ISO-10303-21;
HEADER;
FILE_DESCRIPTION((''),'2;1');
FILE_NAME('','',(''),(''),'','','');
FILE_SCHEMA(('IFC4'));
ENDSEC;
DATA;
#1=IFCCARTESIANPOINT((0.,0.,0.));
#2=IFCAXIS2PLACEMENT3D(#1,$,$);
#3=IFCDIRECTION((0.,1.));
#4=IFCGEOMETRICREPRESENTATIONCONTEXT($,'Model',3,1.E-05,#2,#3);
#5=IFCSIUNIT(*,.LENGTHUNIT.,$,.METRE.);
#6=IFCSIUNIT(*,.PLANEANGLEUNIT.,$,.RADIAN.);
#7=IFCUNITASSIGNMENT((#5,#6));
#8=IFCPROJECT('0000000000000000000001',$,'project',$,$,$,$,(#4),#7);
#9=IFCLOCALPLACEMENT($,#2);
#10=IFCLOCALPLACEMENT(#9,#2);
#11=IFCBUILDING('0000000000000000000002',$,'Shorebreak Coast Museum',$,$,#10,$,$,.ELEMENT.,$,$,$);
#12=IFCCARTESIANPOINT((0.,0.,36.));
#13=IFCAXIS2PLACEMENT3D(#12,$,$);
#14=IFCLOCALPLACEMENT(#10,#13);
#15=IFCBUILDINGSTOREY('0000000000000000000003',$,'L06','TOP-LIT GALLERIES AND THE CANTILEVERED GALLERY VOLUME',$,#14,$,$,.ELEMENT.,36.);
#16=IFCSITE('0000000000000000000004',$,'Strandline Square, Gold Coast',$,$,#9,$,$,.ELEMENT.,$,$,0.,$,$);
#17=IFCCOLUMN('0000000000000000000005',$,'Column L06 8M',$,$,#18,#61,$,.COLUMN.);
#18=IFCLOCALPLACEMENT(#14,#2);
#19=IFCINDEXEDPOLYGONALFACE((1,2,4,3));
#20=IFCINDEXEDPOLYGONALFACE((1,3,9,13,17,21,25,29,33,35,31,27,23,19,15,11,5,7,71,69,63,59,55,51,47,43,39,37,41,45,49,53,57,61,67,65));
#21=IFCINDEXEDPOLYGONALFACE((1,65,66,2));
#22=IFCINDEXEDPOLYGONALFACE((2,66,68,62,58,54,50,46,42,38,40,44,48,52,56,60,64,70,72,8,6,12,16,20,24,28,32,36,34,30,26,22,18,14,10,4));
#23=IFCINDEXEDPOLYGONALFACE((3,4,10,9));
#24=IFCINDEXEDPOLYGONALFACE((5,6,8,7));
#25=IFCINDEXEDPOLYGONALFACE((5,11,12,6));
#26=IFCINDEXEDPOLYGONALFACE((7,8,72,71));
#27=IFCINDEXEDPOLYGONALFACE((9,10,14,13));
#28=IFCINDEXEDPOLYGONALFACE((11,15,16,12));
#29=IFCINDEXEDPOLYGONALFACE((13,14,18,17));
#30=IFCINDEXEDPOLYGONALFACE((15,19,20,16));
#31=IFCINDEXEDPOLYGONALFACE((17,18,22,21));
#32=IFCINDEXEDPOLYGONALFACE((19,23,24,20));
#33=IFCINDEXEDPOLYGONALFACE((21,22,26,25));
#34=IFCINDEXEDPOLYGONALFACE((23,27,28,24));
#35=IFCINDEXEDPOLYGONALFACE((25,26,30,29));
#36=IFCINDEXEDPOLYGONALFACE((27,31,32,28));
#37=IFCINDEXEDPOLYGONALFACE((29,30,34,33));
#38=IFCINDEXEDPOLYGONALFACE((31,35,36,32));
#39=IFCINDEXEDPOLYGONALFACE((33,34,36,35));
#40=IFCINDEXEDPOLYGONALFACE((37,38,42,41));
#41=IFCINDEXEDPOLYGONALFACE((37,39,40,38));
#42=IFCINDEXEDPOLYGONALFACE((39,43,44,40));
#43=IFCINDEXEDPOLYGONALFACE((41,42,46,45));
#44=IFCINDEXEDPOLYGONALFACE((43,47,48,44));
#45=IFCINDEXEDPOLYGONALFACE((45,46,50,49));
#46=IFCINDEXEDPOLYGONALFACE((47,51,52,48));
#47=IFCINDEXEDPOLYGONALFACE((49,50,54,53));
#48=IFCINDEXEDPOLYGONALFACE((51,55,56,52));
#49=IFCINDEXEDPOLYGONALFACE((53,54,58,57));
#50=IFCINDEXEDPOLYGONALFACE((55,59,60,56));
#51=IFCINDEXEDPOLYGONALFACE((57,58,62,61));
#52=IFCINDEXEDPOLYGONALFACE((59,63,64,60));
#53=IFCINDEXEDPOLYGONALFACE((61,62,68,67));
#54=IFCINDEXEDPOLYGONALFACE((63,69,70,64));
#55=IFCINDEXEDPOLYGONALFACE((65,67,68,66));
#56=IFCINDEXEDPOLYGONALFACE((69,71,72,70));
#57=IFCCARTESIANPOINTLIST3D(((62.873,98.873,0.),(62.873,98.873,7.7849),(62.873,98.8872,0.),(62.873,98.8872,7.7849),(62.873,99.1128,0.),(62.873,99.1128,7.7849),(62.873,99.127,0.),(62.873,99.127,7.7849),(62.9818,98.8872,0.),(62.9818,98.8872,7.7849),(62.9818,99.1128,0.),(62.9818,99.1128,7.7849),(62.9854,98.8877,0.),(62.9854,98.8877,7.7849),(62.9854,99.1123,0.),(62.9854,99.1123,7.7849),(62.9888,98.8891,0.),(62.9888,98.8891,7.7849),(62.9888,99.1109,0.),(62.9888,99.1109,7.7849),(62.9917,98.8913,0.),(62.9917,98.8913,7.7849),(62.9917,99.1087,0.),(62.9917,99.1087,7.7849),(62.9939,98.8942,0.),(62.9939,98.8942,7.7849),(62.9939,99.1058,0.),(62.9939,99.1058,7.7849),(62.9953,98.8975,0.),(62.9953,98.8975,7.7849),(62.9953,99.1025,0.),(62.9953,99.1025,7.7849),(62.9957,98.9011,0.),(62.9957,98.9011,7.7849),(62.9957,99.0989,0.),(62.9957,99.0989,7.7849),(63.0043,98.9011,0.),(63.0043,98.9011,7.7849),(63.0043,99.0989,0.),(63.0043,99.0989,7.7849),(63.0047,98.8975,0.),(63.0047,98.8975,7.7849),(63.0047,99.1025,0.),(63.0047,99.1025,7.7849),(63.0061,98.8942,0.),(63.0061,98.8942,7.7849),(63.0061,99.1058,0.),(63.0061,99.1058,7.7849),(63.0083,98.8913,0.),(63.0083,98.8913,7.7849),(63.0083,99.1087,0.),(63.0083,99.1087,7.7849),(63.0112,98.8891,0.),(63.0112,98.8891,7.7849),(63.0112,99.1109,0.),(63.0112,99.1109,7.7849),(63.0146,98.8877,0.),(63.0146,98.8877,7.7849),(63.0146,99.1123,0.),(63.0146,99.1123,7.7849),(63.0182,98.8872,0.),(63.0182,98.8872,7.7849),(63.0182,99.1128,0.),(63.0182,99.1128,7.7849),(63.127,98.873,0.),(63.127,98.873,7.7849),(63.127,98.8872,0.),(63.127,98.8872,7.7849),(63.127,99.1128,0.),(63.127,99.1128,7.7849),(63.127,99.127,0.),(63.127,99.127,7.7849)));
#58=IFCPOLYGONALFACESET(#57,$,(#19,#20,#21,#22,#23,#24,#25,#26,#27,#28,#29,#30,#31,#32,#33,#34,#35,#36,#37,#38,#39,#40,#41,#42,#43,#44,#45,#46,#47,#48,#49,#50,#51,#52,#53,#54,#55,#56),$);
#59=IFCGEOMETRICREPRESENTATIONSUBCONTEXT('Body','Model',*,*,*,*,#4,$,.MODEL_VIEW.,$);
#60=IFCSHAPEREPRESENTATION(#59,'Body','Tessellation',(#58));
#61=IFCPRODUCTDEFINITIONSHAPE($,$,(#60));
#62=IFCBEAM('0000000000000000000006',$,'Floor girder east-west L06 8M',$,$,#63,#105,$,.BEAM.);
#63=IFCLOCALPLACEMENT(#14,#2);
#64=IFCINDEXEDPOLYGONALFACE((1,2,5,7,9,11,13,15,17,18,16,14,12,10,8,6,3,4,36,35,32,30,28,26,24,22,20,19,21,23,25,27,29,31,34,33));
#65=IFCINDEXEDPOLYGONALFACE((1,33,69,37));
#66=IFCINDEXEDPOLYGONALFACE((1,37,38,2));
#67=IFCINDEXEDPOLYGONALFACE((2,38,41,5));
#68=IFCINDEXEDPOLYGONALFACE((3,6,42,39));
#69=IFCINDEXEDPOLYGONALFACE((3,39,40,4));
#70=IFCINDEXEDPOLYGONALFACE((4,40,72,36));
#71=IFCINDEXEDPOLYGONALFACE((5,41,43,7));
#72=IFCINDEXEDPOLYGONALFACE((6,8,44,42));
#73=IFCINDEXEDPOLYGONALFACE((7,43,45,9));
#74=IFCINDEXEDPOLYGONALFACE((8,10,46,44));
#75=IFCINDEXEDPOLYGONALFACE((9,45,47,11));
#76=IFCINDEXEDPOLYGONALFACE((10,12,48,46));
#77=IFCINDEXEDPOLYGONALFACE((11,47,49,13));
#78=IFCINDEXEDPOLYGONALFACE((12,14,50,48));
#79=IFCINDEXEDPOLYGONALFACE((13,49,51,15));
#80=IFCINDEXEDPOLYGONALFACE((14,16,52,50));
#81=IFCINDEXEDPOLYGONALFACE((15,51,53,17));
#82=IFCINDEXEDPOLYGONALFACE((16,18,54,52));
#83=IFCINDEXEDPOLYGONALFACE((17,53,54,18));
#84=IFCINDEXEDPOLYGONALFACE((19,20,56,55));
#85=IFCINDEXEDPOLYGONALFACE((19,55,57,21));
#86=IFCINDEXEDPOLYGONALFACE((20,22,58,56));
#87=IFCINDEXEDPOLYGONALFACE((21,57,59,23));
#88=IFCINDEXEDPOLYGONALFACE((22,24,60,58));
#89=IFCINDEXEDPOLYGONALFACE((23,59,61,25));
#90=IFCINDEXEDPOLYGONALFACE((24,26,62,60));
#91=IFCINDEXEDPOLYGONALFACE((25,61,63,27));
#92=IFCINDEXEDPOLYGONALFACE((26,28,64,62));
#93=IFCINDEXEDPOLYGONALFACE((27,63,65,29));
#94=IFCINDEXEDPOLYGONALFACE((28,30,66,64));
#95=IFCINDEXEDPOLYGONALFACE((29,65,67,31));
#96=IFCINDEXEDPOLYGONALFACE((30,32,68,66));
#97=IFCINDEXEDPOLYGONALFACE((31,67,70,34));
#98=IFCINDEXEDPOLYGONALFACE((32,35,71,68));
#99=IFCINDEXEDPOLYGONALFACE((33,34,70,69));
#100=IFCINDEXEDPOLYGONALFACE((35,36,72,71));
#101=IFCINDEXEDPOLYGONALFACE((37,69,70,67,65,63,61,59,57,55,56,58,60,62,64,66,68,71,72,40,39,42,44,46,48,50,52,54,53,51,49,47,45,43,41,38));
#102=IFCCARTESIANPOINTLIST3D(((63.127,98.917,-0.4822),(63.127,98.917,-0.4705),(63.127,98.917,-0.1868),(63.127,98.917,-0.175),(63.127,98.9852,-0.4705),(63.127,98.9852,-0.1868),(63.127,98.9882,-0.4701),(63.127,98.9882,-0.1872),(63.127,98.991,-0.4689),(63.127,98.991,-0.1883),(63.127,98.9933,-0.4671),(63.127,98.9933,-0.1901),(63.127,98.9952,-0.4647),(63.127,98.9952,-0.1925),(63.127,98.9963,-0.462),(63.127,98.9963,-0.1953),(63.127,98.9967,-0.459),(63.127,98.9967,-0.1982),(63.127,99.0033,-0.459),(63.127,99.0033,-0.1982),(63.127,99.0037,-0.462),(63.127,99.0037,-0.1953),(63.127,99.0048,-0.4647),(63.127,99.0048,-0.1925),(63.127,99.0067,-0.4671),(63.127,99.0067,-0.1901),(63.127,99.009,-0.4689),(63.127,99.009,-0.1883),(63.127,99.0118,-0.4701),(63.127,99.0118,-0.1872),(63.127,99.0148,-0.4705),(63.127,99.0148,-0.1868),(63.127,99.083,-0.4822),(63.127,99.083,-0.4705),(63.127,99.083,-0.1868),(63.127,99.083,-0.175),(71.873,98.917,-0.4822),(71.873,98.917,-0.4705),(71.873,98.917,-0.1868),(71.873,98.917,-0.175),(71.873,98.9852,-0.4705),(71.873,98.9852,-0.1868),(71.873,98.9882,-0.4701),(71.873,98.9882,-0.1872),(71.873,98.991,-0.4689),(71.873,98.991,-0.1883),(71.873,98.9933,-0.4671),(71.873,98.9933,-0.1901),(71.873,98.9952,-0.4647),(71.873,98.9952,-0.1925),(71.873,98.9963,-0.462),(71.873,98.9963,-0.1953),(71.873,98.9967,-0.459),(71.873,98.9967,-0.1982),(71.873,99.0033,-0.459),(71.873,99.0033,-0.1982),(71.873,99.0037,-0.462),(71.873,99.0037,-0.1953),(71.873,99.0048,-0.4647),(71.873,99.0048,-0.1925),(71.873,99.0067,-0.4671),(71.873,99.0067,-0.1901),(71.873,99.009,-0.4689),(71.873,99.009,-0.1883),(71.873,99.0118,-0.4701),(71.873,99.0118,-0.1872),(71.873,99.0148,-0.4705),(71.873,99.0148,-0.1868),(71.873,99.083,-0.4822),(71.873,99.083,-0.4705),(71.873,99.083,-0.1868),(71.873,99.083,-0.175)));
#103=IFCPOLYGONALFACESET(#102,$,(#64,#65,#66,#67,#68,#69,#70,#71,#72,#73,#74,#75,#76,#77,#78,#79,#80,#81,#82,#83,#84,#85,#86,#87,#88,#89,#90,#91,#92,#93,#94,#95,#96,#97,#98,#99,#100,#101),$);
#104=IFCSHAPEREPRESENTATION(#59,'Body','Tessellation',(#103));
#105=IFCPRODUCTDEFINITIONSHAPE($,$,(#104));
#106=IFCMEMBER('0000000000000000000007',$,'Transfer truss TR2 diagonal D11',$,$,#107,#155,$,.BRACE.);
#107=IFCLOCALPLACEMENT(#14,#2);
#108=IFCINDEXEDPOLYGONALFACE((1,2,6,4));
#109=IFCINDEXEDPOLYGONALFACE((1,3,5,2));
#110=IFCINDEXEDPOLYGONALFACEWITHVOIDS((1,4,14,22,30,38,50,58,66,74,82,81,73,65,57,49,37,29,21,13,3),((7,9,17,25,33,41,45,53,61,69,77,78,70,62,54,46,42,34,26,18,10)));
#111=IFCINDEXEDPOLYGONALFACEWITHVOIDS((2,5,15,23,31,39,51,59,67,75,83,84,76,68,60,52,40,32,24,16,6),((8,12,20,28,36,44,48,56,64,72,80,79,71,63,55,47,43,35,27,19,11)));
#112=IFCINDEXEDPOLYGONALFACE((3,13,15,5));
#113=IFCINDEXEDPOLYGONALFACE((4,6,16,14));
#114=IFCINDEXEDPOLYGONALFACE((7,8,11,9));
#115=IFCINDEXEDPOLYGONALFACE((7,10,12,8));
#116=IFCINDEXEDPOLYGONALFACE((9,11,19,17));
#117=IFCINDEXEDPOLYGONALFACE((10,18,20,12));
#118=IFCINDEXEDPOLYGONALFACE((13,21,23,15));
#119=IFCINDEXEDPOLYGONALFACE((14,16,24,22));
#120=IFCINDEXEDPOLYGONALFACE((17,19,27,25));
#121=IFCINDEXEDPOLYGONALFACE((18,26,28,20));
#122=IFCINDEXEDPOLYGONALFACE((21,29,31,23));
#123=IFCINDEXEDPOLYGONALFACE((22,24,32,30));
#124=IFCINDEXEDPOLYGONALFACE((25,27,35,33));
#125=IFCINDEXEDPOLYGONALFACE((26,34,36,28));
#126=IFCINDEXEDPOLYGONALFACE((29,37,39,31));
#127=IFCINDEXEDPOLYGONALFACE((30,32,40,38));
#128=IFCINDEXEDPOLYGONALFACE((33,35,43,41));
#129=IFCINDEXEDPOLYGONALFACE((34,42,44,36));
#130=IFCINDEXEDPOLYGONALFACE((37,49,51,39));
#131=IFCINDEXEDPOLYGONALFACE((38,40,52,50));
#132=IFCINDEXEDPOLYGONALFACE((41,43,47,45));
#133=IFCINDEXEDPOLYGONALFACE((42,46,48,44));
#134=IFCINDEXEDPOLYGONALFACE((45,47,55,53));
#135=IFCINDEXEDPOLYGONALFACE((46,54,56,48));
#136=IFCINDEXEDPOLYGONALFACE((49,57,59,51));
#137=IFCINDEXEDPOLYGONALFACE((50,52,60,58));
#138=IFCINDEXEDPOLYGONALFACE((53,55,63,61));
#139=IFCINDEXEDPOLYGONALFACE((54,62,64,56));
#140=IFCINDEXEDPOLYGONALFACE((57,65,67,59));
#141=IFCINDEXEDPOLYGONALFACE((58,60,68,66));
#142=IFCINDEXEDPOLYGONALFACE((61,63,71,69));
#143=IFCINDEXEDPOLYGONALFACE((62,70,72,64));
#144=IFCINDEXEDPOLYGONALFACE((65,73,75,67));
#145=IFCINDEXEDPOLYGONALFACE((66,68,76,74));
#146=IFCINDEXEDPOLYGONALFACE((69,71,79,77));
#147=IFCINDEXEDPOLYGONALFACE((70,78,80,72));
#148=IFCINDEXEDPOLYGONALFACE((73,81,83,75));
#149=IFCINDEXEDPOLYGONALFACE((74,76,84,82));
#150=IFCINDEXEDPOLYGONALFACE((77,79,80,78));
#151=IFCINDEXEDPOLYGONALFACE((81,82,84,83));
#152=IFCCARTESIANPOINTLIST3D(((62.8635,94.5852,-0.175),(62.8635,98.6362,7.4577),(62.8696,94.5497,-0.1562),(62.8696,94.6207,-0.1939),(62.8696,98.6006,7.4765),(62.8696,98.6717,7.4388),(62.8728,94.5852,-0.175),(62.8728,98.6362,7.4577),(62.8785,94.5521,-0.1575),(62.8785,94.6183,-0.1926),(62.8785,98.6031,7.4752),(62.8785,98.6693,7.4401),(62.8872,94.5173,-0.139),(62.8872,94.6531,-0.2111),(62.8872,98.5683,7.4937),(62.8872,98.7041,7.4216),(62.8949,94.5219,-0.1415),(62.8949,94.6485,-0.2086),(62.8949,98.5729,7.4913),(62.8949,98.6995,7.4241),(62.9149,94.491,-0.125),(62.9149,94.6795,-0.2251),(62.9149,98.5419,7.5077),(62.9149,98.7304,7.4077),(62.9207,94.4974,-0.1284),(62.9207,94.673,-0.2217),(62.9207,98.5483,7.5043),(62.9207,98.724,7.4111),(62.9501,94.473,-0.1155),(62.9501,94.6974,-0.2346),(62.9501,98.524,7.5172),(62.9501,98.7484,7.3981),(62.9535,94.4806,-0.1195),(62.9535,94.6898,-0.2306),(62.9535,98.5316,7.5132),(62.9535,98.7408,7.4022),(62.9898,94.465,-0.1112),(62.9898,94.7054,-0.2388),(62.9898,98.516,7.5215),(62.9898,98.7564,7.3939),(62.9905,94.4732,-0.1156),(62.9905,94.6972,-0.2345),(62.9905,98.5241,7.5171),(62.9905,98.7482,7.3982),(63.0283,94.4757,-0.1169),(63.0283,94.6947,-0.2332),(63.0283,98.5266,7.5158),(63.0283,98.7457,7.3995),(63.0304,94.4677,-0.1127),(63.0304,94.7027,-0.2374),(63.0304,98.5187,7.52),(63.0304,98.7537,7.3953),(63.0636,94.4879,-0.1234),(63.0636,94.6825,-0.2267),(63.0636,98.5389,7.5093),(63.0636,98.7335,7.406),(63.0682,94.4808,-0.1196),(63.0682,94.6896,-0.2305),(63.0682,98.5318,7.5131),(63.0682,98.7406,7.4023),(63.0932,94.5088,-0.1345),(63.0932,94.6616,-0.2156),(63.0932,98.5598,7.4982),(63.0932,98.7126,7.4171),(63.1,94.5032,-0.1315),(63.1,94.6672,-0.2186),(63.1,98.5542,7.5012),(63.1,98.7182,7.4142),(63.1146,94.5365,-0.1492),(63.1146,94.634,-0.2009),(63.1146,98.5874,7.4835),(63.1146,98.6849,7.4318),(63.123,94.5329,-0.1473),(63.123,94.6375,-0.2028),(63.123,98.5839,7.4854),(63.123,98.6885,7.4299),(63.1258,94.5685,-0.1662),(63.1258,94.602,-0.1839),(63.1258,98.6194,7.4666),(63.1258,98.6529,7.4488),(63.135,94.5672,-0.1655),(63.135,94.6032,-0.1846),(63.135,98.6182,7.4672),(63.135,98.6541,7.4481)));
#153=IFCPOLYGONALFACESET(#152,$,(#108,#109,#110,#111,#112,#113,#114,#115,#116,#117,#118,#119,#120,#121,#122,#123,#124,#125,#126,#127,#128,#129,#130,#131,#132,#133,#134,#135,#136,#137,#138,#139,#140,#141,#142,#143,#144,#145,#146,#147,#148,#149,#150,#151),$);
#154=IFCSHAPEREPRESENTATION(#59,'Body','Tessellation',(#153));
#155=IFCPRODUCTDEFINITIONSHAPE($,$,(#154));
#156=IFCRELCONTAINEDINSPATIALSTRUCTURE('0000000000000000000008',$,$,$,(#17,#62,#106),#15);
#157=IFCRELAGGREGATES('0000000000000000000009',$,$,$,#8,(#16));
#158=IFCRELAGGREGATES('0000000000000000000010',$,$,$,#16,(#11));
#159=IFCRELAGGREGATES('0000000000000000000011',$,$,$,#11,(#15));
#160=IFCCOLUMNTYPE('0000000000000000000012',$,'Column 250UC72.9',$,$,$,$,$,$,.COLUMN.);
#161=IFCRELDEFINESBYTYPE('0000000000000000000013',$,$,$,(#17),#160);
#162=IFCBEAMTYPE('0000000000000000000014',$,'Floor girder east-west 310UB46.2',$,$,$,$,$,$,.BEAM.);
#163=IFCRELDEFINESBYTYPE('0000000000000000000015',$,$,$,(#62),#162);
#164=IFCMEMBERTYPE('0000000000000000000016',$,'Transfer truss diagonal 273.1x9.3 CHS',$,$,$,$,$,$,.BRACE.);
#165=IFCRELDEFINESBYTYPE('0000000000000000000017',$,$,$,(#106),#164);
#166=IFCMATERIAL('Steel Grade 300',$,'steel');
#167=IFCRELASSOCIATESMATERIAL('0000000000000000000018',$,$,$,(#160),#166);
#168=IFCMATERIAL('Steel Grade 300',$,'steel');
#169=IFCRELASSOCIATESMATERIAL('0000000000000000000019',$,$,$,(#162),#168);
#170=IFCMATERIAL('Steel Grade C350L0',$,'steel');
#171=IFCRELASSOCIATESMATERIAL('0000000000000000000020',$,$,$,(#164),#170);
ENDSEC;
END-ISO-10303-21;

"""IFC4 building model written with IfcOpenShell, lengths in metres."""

from ifc_helpers import new_model, si_unit, direction, frame, origin, origin_2d, place, context, subcontext, project, spatial, hollow_circle, i_section, extrude, material, material_profile, profile_set, type_object, element, save


model = new_model("IFC4")

# Units and contexts
model_context = context("Model", 3, precision=1e-05, world=origin(), true_north=direction((0.0, 1.0)))
body_context = subcontext(model_context, "Body", "Model", "MODEL_VIEW")
ifc_project = project(units=[si_unit("LENGTHUNIT", "METRE"), si_unit("PLANEANGLEUNIT", "RADIAN")], contexts=[model_context])

# Site, building, storey
site_placement = place(None, origin())
site = spatial("IfcSite", under=ifc_project, at=site_placement, Name="Strandline Square, Gold Coast", CompositionType="ELEMENT", RefElevation=0.0)
building_placement = place(site_placement, origin())
building = spatial("IfcBuilding", under=site, at=building_placement, Name="Shorebreak Coast Museum", CompositionType="ELEMENT")
storey_placement = place(building_placement, frame((0.0, 0.0, 36.0)))
storey = spatial("IfcBuildingStorey", under=building, at=storey_placement, Name="L06", Description="TOP-LIT GALLERIES AND THE CANTILEVERED GALLERY VOLUME", CompositionType="ELEMENT", Elevation=36.0)

# Column
ifc_material_1 = material(Name="Steel Grade 300", Category="steel")
ifc_material_profile_1 = material_profile(ifc_material_1, i_section(OverallWidth=0.2539, OverallDepth=0.2539, WebThickness=0.0085, FlangeThickness=0.0142, FilletRadius=0.0139, at=origin_2d()), Name="250UC72.9")
ifc_profile_set_1 = profile_set([ifc_material_profile_1], Name="Steel Grade 300")
column_type = type_object("IfcColumnType", Name="Column 250UC72.9", PredefinedType="COLUMN", material=ifc_profile_set_1)
column_placement = place(storey_placement, frame((63.0, 99.0, 0.0), z_axis=(0.0, 0.0, 1.0), x_axis=(1.0, 0.0, 0.0)))
element("IfcColumn", 1, at=column_placement, inside=storey, type_object=column_type, Name="Column L06 8M", PredefinedType="COLUMN", context=body_context, shape_type="SweptSolid", body=[
    extrude(i_section(OverallWidth=0.2539, OverallDepth=0.2539, WebThickness=0.0085, FlangeThickness=0.0142, FilletRadius=0.0139, at=origin_2d()), origin(), (0.0, 0.0, 1.0), 7.7849),
])

# Beam
ifc_material_2 = material(Name="Steel Grade 300", Category="steel")
ifc_material_profile_2 = material_profile(ifc_material_2, i_section(OverallWidth=0.166, OverallDepth=0.3071, WebThickness=0.0066, FlangeThickness=0.0117, FilletRadius=0.0115, at=origin_2d()), Name="310UB46.2")
ifc_profile_set_2 = profile_set([ifc_material_profile_2], Name="Steel Grade 300")
beam_type = type_object("IfcBeamType", Name="Floor girder east-west 310UB46.2", PredefinedType="BEAM", material=ifc_profile_set_2)
beam_placement = place(storey_placement, frame((63.127, 99.0, -0.3286), z_axis=(1.0, 0.0, 0.0), x_axis=(0.0, 1.0, 0.0)))
element("IfcBeam", 2, at=beam_placement, inside=storey, type_object=beam_type, Name="Floor girder east-west L06 8M", PredefinedType="BEAM", context=body_context, shape_type="SweptSolid", body=[
    extrude(i_section(OverallWidth=0.166, OverallDepth=0.3071, WebThickness=0.0066, FlangeThickness=0.0117, FilletRadius=0.0115, at=origin_2d()), origin(), (0.0, 0.0, 1.0), 8.7461),
])

# Member
ifc_material_3 = material(Name="Steel Grade C350L0", Category="steel")
ifc_material_profile_3 = material_profile(ifc_material_3, hollow_circle(Radius=0.1365, WallThickness=0.0093, at=origin_2d()), Name="273.1x9.3 CHS")
ifc_profile_set_3 = profile_set([ifc_material_profile_3], Name="Steel Grade C350L0")
member_type_1 = type_object("IfcMemberType", Name="Transfer truss diagonal 273.1x9.3 CHS", PredefinedType="BRACE", material=ifc_profile_set_3)
member_1_placement = place(storey_placement, frame((63.0, 94.5852, -0.175), z_axis=(0.0, 0.468803, 0.883303), x_axis=(-1.0, 0.0, 0.0)))
element("IfcMember", 3, at=member_1_placement, inside=storey, type_object=member_type_1, Name="Transfer truss TR2 diagonal D11", PredefinedType="BRACE", context=body_context, shape_type="SweptSolid", body=[
    extrude(hollow_circle(Radius=0.1365, WallThickness=0.0093, at=origin_2d()), origin(), (0.0, 0.0, 1.0), 8.6411),
])

save(model, "model.ifc")
